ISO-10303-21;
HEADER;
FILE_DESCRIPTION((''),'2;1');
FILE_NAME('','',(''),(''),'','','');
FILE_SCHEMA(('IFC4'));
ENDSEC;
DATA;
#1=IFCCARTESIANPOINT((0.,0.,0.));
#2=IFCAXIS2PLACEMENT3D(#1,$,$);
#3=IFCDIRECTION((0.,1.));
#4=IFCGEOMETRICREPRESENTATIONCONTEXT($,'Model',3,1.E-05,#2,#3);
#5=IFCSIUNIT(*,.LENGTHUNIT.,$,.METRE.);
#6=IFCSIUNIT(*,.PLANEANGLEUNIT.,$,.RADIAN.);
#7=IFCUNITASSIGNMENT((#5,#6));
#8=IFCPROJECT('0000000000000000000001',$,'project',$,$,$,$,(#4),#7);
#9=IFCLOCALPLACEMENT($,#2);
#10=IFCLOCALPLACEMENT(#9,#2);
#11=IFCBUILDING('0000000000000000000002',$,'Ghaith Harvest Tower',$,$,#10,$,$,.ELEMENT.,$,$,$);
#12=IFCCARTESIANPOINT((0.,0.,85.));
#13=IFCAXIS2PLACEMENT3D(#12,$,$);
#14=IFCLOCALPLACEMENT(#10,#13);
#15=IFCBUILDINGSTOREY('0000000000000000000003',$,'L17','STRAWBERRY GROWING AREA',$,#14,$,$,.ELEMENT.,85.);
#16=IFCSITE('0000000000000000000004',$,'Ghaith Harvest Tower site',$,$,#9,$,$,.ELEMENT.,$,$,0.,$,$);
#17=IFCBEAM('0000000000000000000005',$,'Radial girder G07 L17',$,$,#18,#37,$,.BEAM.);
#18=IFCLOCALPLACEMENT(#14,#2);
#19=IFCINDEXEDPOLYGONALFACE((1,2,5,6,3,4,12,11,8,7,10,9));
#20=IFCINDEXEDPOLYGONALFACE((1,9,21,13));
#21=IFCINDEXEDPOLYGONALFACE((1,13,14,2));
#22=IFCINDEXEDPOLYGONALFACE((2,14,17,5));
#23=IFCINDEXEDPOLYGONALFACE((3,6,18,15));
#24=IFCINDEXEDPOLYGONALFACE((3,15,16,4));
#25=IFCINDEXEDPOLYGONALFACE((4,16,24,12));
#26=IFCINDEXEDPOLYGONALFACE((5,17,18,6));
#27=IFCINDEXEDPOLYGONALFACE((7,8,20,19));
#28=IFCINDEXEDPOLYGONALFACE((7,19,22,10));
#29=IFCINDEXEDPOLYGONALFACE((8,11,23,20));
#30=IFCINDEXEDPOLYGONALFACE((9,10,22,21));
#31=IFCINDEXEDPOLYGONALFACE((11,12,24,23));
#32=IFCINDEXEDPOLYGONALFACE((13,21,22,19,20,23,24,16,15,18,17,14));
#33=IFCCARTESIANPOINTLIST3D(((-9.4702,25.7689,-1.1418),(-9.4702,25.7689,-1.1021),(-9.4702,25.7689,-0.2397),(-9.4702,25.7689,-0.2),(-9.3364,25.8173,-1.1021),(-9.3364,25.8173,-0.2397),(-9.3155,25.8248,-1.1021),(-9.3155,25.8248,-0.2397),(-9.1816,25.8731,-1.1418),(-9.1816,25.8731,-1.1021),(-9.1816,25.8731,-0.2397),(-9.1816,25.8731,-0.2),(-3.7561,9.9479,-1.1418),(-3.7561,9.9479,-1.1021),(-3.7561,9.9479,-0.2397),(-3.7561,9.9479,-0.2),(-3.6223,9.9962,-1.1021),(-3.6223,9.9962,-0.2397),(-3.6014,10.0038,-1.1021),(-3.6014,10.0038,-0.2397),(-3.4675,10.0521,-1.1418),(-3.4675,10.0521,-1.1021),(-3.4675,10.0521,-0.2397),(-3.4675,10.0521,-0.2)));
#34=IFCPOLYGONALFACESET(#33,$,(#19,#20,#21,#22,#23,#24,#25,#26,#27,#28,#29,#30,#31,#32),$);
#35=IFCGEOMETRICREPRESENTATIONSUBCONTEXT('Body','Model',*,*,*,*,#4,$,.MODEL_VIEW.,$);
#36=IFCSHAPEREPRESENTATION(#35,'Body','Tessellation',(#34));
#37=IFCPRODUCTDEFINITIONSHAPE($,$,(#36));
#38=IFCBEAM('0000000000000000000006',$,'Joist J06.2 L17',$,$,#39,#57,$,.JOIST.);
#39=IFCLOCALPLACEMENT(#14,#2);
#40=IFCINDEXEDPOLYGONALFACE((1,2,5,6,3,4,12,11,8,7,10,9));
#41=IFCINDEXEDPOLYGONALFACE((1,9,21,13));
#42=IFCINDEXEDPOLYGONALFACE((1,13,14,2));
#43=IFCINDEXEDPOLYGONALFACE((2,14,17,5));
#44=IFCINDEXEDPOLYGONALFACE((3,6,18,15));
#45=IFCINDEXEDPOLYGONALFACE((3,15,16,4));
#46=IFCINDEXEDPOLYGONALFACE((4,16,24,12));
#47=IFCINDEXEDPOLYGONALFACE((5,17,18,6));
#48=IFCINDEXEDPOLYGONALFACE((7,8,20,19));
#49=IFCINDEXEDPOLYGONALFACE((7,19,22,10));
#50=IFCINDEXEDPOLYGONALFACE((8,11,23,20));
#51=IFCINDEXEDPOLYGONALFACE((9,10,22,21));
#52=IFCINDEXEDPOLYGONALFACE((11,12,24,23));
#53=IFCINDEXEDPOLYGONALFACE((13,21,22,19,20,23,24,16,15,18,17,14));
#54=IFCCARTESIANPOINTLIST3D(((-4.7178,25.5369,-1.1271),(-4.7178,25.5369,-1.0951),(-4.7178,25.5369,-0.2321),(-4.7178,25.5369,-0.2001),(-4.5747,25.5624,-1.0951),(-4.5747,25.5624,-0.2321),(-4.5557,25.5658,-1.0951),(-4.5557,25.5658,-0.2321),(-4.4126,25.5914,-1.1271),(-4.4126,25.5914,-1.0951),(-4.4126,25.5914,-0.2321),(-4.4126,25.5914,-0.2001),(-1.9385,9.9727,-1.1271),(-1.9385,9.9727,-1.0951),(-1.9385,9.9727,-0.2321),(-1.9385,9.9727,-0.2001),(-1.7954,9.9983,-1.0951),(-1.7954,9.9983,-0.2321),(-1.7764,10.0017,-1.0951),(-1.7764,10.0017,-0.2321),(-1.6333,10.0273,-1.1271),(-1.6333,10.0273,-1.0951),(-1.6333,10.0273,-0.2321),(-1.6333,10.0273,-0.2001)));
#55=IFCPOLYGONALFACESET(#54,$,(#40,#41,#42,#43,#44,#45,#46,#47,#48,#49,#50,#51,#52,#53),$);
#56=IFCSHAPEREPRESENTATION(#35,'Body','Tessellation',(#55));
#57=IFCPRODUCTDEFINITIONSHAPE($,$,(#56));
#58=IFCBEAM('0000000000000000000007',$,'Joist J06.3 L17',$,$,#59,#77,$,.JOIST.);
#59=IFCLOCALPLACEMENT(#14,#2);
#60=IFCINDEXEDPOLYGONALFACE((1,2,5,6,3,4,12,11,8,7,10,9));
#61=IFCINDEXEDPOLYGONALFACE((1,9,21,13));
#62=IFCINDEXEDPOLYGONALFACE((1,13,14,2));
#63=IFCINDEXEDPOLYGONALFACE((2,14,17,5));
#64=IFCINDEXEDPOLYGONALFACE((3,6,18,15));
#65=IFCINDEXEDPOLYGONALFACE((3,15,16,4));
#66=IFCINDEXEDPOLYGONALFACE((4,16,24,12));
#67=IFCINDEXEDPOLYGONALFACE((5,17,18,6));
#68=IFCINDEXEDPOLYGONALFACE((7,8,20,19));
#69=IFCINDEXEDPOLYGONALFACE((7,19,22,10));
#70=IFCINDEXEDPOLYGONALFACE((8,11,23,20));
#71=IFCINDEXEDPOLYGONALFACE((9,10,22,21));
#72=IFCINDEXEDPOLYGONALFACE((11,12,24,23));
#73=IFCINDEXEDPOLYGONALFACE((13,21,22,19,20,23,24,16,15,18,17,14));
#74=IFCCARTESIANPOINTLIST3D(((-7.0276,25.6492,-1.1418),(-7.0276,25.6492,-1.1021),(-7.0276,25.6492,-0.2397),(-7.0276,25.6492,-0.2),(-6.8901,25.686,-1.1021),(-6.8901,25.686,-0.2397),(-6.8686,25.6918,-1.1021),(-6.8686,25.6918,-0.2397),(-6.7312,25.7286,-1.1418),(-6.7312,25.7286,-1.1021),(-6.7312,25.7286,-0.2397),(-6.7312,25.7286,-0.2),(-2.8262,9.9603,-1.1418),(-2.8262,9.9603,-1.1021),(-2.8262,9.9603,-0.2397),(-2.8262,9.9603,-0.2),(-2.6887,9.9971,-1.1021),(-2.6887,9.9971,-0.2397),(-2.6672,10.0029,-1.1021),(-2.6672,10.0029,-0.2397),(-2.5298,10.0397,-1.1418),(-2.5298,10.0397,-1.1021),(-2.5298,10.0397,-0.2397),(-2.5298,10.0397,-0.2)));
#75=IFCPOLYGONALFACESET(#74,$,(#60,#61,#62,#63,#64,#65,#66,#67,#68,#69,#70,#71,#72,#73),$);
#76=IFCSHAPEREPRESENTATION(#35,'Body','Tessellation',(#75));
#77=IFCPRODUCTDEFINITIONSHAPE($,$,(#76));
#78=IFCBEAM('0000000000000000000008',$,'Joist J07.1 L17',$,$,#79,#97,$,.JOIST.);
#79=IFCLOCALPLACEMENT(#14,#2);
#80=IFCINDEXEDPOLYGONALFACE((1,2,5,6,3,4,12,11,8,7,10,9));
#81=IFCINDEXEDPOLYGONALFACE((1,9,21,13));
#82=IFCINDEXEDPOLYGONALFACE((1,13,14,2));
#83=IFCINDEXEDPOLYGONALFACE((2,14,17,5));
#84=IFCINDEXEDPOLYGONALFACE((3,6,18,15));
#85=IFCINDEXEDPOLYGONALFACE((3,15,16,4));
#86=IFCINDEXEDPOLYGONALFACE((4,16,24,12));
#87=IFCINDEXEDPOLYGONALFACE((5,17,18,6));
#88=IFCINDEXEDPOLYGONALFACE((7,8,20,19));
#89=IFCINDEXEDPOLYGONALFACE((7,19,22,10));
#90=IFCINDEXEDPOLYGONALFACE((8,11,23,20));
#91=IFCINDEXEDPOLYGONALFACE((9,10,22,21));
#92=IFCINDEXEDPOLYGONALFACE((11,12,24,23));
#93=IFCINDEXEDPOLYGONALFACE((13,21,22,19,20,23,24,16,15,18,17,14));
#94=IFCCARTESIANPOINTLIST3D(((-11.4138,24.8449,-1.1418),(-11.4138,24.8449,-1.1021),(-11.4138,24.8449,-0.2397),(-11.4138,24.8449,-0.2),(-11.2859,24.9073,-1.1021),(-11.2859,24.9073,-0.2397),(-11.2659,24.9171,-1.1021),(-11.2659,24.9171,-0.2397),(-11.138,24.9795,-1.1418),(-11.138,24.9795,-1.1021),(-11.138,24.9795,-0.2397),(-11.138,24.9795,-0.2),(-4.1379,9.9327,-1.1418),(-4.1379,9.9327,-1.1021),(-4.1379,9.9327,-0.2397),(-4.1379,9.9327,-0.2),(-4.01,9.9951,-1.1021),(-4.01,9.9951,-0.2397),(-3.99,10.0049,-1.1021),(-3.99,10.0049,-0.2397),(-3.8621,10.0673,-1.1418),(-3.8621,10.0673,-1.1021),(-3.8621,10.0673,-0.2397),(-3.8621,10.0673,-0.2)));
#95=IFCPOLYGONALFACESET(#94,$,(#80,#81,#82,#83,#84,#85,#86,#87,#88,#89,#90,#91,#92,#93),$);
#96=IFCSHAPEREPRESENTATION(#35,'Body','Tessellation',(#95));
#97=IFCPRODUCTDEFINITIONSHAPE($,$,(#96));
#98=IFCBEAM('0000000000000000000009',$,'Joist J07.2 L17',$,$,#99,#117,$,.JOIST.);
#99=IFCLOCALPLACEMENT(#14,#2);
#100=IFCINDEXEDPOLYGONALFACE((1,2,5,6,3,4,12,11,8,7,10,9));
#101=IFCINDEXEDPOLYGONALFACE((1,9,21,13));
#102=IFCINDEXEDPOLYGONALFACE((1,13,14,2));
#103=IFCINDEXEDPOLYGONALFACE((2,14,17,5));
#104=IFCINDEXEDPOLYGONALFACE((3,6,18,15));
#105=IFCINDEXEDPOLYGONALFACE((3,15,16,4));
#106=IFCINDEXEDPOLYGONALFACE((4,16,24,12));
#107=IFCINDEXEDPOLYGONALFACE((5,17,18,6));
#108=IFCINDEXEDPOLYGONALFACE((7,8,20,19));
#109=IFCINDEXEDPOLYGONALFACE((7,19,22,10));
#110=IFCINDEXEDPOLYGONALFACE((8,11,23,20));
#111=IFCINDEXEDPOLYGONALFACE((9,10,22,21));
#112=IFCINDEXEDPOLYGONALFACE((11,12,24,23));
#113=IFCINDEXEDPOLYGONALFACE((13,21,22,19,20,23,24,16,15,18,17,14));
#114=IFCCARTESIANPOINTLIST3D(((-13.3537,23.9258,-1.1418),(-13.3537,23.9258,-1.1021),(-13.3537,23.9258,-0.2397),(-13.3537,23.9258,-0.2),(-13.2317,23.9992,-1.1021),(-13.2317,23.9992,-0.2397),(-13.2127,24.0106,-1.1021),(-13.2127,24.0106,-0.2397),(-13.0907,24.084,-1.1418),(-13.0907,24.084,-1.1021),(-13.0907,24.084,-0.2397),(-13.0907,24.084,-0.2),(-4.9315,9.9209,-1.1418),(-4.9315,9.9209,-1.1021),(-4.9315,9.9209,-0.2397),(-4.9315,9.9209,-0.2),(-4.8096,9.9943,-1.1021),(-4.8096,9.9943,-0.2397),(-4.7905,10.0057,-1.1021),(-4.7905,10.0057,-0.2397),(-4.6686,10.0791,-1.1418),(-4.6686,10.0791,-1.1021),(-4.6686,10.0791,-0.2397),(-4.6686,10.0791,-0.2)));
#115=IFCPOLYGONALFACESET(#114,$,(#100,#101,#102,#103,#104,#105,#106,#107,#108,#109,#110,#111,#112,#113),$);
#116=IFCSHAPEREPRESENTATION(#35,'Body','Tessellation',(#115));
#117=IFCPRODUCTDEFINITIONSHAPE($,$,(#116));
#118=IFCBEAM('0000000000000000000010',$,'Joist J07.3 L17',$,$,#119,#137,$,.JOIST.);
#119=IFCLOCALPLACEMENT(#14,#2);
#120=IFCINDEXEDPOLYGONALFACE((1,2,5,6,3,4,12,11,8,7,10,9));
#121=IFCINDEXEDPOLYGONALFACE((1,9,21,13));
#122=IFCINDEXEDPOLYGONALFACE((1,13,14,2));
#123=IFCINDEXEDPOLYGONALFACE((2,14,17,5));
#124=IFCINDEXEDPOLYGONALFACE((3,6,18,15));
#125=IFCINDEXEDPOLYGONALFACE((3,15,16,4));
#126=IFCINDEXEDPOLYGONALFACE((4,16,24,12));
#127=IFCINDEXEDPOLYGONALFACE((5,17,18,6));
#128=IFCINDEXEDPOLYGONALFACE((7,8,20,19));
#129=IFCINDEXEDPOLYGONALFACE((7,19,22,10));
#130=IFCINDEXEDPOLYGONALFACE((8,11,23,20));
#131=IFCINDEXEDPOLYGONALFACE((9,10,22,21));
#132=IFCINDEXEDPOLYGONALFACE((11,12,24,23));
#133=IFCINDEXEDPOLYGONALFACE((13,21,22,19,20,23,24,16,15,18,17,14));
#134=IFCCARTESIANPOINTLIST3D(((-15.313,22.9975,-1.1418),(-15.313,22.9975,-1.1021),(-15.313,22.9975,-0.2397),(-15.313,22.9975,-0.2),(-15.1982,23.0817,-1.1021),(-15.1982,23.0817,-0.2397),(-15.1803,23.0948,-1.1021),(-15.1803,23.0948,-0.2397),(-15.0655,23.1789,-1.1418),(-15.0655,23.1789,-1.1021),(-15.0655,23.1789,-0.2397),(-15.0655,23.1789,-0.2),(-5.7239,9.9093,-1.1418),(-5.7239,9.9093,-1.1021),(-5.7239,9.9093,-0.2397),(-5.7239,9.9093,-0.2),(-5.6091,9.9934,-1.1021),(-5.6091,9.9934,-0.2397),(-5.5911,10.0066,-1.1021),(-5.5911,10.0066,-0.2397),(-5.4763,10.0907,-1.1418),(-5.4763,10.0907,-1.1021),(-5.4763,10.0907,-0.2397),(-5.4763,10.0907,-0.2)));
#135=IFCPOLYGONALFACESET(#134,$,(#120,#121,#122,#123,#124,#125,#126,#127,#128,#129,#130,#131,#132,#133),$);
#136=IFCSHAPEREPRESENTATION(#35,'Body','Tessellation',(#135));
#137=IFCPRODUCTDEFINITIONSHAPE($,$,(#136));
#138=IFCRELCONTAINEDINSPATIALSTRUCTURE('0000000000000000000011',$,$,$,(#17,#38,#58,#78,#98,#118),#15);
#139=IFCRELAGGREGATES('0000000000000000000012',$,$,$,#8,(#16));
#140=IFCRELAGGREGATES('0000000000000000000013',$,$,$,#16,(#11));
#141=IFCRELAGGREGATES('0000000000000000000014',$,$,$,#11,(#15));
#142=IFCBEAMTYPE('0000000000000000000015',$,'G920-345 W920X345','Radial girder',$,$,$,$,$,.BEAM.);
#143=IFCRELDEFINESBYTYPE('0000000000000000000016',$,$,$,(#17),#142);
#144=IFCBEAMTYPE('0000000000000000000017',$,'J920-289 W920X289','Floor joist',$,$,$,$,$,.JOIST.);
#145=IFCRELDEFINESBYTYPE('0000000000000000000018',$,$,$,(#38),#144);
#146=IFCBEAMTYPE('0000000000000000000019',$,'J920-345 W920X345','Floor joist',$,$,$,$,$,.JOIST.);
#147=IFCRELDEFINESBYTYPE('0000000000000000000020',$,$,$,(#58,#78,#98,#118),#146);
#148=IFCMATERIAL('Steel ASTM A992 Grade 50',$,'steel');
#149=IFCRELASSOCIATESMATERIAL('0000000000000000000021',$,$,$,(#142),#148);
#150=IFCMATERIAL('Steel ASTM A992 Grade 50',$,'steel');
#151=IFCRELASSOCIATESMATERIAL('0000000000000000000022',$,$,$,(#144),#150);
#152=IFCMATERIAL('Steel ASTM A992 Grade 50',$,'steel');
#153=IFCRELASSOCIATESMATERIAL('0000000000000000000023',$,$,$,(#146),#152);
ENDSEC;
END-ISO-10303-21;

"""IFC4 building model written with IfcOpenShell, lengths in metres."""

from ifc_helpers import new_model, si_unit, direction, frame, origin, origin_2d, place, context, subcontext, project, spatial, i_section, extrude, material, material_profile, profile_set, type_object, element, save


model = new_model("IFC4")

# Units and contexts
model_context = context("Model", 3, precision=1e-05, world=origin(), true_north=direction((0.0, 1.0)))
body_context = subcontext(model_context, "Body", "Model", "MODEL_VIEW")
ifc_project = project(units=[si_unit("LENGTHUNIT", "METRE"), si_unit("PLANEANGLEUNIT", "RADIAN")], contexts=[model_context])

# Site, building, storey
site_placement = place(None, origin())
site = spatial("IfcSite", under=ifc_project, at=site_placement, Name="Ghaith Harvest Tower site", CompositionType="ELEMENT", RefElevation=0.0)
building_placement = place(site_placement, origin())
building = spatial("IfcBuilding", under=site, at=building_placement, Name="Ghaith Harvest Tower", CompositionType="ELEMENT")
storey_placement = place(building_placement, frame((0.0, 0.0, 85.0)))
storey = spatial("IfcBuildingStorey", under=building, at=storey_placement, Name="L17", Description="STRAWBERRY GROWING AREA", CompositionType="ELEMENT", Elevation=85.0)

# Beams
ifc_material_1 = material(Name="Steel ASTM A992 Grade 50", Category="steel")
ifc_material_profile_1 = material_profile(ifc_material_1, i_section(OverallWidth=0.3069, OverallDepth=0.9419, WebThickness=0.0222, FlangeThickness=0.0398, at=origin_2d()), Name="W920X345")
ifc_profile_set_1 = profile_set([ifc_material_profile_1], Name="Steel ASTM A992 Grade 50")
beam_type_1 = type_object("IfcBeamType", Name="G920-345 W920X345", Description="Radial girder", PredefinedType="BEAM", material=ifc_profile_set_1)
beam_1_placement = place(storey_placement, frame((-3.6118, 10.0, -0.6709), z_axis=(-0.339695, 0.940536, 0.0), x_axis=(-0.940536, -0.339695, 0.0)))
element("IfcBeam", 1, at=beam_1_placement, inside=storey, type_object=beam_type_1, Name="Radial girder G07 L17", PredefinedType="BEAM", context=body_context, shape_type="SweptSolid", body=[
    extrude(i_section(OverallWidth=0.3069, OverallDepth=0.9419, WebThickness=0.0222, FlangeThickness=0.0398, at=origin_2d()), origin(), (0.0, 0.0, 1.0), 16.8213),
])
ifc_material_2 = material(Name="Steel ASTM A992 Grade 50", Category="steel")
ifc_material_profile_2 = material_profile(ifc_material_2, i_section(OverallWidth=0.3101, OverallDepth=0.927, WebThickness=0.0193, FlangeThickness=0.032, at=origin_2d()), Name="W920X289")
ifc_profile_set_2 = profile_set([ifc_material_profile_2], Name="Steel ASTM A992 Grade 50")
beam_type_2 = type_object("IfcBeamType", Name="J920-289 W920X289", Description="Floor joist", PredefinedType="JOIST", material=ifc_profile_set_2)
beam_2_placement = place(storey_placement, frame((-1.7859, 10.0, -0.6636), z_axis=(-0.175789, 0.984428, 0.0), x_axis=(-0.984428, -0.175789, 0.0)))
element("IfcBeam", 2, at=beam_2_placement, inside=storey, type_object=beam_type_2, Name="Joist J06.2 L17", PredefinedType="JOIST", context=body_context, shape_type="SweptSolid", body=[
    extrude(i_section(OverallWidth=0.3101, OverallDepth=0.927, WebThickness=0.0193, FlangeThickness=0.032, at=origin_2d()), origin(), (0.0, 0.0, 1.0), 15.8103),
])
ifc_material_3 = material(Name="Steel ASTM A992 Grade 50", Category="steel")
ifc_material_profile_3 = material_profile(ifc_material_3, i_section(OverallWidth=0.3069, OverallDepth=0.9419, WebThickness=0.0222, FlangeThickness=0.0398, at=origin_2d()), Name="W920X345")
ifc_profile_set_3 = profile_set([ifc_material_profile_3], Name="Steel ASTM A992 Grade 50")
beam_type_3 = type_object("IfcBeamType", Name="J920-345 W920X345", Description="Floor joist", PredefinedType="JOIST", material=ifc_profile_set_3)
beam_3_placement = place(storey_placement, frame((-2.678, 10.0, -0.6709), z_axis=(-0.258679, 0.965963, 0.0), x_axis=(-0.965963, -0.258679, 0.0)))
element("IfcBeam", 3, at=beam_3_placement, inside=storey, type_object=beam_type_3, Name="Joist J06.3 L17", PredefinedType="JOIST", context=body_context, shape_type="SweptSolid", body=[
    extrude(i_section(OverallWidth=0.3069, OverallDepth=0.9419, WebThickness=0.0222, FlangeThickness=0.0398, at=origin_2d()), origin(), (0.0, 0.0, 1.0), 16.2417),
])
beam_4_placement = place(storey_placement, frame((-4.0, 10.0, -0.6709), z_axis=(-0.438505, 0.898729, 0.0), x_axis=(-0.898729, -0.438505, 0.0)))
element("IfcBeam", 4, at=beam_4_placement, inside=storey, type_object=beam_type_3, Name="Joist J07.1 L17", PredefinedType="JOIST", context=body_context, shape_type="SweptSolid", body=[
    extrude(i_section(OverallWidth=0.3069, OverallDepth=0.9419, WebThickness=0.0222, FlangeThickness=0.0398, at=origin_2d()), origin(), (0.0, 0.0, 1.0), 16.5925),
])
beam_5_placement = place(storey_placement, frame((-4.8, 10.0, -0.6709), z_axis=(-0.515359, 0.856974, 0.0), x_axis=(-0.856974, -0.515359, 0.0)))
element("IfcBeam", 5, at=beam_5_placement, inside=storey, type_object=beam_type_3, Name="Joist J07.2 L17", PredefinedType="JOIST", context=body_context, shape_type="SweptSolid", body=[
    extrude(i_section(OverallWidth=0.3069, OverallDepth=0.9419, WebThickness=0.0222, FlangeThickness=0.0398, at=origin_2d()), origin(), (0.0, 0.0, 1.0), 16.3423),
])
beam_6_placement = place(storey_placement, frame((-5.6001, 10.0, -0.6709), z_axis=(-0.591009, 0.806665, 0.0), x_axis=(-0.806665, -0.591009, 0.0)))
element("IfcBeam", 6, at=beam_6_placement, inside=storey, type_object=beam_type_3, Name="Joist J07.3 L17", PredefinedType="JOIST", context=body_context, shape_type="SweptSolid", body=[
    extrude(i_section(OverallWidth=0.3069, OverallDepth=0.9419, WebThickness=0.0222, FlangeThickness=0.0398, at=origin_2d()), origin(), (0.0, 0.0, 1.0), 16.2251),
])

save(model, "model.ifc")
